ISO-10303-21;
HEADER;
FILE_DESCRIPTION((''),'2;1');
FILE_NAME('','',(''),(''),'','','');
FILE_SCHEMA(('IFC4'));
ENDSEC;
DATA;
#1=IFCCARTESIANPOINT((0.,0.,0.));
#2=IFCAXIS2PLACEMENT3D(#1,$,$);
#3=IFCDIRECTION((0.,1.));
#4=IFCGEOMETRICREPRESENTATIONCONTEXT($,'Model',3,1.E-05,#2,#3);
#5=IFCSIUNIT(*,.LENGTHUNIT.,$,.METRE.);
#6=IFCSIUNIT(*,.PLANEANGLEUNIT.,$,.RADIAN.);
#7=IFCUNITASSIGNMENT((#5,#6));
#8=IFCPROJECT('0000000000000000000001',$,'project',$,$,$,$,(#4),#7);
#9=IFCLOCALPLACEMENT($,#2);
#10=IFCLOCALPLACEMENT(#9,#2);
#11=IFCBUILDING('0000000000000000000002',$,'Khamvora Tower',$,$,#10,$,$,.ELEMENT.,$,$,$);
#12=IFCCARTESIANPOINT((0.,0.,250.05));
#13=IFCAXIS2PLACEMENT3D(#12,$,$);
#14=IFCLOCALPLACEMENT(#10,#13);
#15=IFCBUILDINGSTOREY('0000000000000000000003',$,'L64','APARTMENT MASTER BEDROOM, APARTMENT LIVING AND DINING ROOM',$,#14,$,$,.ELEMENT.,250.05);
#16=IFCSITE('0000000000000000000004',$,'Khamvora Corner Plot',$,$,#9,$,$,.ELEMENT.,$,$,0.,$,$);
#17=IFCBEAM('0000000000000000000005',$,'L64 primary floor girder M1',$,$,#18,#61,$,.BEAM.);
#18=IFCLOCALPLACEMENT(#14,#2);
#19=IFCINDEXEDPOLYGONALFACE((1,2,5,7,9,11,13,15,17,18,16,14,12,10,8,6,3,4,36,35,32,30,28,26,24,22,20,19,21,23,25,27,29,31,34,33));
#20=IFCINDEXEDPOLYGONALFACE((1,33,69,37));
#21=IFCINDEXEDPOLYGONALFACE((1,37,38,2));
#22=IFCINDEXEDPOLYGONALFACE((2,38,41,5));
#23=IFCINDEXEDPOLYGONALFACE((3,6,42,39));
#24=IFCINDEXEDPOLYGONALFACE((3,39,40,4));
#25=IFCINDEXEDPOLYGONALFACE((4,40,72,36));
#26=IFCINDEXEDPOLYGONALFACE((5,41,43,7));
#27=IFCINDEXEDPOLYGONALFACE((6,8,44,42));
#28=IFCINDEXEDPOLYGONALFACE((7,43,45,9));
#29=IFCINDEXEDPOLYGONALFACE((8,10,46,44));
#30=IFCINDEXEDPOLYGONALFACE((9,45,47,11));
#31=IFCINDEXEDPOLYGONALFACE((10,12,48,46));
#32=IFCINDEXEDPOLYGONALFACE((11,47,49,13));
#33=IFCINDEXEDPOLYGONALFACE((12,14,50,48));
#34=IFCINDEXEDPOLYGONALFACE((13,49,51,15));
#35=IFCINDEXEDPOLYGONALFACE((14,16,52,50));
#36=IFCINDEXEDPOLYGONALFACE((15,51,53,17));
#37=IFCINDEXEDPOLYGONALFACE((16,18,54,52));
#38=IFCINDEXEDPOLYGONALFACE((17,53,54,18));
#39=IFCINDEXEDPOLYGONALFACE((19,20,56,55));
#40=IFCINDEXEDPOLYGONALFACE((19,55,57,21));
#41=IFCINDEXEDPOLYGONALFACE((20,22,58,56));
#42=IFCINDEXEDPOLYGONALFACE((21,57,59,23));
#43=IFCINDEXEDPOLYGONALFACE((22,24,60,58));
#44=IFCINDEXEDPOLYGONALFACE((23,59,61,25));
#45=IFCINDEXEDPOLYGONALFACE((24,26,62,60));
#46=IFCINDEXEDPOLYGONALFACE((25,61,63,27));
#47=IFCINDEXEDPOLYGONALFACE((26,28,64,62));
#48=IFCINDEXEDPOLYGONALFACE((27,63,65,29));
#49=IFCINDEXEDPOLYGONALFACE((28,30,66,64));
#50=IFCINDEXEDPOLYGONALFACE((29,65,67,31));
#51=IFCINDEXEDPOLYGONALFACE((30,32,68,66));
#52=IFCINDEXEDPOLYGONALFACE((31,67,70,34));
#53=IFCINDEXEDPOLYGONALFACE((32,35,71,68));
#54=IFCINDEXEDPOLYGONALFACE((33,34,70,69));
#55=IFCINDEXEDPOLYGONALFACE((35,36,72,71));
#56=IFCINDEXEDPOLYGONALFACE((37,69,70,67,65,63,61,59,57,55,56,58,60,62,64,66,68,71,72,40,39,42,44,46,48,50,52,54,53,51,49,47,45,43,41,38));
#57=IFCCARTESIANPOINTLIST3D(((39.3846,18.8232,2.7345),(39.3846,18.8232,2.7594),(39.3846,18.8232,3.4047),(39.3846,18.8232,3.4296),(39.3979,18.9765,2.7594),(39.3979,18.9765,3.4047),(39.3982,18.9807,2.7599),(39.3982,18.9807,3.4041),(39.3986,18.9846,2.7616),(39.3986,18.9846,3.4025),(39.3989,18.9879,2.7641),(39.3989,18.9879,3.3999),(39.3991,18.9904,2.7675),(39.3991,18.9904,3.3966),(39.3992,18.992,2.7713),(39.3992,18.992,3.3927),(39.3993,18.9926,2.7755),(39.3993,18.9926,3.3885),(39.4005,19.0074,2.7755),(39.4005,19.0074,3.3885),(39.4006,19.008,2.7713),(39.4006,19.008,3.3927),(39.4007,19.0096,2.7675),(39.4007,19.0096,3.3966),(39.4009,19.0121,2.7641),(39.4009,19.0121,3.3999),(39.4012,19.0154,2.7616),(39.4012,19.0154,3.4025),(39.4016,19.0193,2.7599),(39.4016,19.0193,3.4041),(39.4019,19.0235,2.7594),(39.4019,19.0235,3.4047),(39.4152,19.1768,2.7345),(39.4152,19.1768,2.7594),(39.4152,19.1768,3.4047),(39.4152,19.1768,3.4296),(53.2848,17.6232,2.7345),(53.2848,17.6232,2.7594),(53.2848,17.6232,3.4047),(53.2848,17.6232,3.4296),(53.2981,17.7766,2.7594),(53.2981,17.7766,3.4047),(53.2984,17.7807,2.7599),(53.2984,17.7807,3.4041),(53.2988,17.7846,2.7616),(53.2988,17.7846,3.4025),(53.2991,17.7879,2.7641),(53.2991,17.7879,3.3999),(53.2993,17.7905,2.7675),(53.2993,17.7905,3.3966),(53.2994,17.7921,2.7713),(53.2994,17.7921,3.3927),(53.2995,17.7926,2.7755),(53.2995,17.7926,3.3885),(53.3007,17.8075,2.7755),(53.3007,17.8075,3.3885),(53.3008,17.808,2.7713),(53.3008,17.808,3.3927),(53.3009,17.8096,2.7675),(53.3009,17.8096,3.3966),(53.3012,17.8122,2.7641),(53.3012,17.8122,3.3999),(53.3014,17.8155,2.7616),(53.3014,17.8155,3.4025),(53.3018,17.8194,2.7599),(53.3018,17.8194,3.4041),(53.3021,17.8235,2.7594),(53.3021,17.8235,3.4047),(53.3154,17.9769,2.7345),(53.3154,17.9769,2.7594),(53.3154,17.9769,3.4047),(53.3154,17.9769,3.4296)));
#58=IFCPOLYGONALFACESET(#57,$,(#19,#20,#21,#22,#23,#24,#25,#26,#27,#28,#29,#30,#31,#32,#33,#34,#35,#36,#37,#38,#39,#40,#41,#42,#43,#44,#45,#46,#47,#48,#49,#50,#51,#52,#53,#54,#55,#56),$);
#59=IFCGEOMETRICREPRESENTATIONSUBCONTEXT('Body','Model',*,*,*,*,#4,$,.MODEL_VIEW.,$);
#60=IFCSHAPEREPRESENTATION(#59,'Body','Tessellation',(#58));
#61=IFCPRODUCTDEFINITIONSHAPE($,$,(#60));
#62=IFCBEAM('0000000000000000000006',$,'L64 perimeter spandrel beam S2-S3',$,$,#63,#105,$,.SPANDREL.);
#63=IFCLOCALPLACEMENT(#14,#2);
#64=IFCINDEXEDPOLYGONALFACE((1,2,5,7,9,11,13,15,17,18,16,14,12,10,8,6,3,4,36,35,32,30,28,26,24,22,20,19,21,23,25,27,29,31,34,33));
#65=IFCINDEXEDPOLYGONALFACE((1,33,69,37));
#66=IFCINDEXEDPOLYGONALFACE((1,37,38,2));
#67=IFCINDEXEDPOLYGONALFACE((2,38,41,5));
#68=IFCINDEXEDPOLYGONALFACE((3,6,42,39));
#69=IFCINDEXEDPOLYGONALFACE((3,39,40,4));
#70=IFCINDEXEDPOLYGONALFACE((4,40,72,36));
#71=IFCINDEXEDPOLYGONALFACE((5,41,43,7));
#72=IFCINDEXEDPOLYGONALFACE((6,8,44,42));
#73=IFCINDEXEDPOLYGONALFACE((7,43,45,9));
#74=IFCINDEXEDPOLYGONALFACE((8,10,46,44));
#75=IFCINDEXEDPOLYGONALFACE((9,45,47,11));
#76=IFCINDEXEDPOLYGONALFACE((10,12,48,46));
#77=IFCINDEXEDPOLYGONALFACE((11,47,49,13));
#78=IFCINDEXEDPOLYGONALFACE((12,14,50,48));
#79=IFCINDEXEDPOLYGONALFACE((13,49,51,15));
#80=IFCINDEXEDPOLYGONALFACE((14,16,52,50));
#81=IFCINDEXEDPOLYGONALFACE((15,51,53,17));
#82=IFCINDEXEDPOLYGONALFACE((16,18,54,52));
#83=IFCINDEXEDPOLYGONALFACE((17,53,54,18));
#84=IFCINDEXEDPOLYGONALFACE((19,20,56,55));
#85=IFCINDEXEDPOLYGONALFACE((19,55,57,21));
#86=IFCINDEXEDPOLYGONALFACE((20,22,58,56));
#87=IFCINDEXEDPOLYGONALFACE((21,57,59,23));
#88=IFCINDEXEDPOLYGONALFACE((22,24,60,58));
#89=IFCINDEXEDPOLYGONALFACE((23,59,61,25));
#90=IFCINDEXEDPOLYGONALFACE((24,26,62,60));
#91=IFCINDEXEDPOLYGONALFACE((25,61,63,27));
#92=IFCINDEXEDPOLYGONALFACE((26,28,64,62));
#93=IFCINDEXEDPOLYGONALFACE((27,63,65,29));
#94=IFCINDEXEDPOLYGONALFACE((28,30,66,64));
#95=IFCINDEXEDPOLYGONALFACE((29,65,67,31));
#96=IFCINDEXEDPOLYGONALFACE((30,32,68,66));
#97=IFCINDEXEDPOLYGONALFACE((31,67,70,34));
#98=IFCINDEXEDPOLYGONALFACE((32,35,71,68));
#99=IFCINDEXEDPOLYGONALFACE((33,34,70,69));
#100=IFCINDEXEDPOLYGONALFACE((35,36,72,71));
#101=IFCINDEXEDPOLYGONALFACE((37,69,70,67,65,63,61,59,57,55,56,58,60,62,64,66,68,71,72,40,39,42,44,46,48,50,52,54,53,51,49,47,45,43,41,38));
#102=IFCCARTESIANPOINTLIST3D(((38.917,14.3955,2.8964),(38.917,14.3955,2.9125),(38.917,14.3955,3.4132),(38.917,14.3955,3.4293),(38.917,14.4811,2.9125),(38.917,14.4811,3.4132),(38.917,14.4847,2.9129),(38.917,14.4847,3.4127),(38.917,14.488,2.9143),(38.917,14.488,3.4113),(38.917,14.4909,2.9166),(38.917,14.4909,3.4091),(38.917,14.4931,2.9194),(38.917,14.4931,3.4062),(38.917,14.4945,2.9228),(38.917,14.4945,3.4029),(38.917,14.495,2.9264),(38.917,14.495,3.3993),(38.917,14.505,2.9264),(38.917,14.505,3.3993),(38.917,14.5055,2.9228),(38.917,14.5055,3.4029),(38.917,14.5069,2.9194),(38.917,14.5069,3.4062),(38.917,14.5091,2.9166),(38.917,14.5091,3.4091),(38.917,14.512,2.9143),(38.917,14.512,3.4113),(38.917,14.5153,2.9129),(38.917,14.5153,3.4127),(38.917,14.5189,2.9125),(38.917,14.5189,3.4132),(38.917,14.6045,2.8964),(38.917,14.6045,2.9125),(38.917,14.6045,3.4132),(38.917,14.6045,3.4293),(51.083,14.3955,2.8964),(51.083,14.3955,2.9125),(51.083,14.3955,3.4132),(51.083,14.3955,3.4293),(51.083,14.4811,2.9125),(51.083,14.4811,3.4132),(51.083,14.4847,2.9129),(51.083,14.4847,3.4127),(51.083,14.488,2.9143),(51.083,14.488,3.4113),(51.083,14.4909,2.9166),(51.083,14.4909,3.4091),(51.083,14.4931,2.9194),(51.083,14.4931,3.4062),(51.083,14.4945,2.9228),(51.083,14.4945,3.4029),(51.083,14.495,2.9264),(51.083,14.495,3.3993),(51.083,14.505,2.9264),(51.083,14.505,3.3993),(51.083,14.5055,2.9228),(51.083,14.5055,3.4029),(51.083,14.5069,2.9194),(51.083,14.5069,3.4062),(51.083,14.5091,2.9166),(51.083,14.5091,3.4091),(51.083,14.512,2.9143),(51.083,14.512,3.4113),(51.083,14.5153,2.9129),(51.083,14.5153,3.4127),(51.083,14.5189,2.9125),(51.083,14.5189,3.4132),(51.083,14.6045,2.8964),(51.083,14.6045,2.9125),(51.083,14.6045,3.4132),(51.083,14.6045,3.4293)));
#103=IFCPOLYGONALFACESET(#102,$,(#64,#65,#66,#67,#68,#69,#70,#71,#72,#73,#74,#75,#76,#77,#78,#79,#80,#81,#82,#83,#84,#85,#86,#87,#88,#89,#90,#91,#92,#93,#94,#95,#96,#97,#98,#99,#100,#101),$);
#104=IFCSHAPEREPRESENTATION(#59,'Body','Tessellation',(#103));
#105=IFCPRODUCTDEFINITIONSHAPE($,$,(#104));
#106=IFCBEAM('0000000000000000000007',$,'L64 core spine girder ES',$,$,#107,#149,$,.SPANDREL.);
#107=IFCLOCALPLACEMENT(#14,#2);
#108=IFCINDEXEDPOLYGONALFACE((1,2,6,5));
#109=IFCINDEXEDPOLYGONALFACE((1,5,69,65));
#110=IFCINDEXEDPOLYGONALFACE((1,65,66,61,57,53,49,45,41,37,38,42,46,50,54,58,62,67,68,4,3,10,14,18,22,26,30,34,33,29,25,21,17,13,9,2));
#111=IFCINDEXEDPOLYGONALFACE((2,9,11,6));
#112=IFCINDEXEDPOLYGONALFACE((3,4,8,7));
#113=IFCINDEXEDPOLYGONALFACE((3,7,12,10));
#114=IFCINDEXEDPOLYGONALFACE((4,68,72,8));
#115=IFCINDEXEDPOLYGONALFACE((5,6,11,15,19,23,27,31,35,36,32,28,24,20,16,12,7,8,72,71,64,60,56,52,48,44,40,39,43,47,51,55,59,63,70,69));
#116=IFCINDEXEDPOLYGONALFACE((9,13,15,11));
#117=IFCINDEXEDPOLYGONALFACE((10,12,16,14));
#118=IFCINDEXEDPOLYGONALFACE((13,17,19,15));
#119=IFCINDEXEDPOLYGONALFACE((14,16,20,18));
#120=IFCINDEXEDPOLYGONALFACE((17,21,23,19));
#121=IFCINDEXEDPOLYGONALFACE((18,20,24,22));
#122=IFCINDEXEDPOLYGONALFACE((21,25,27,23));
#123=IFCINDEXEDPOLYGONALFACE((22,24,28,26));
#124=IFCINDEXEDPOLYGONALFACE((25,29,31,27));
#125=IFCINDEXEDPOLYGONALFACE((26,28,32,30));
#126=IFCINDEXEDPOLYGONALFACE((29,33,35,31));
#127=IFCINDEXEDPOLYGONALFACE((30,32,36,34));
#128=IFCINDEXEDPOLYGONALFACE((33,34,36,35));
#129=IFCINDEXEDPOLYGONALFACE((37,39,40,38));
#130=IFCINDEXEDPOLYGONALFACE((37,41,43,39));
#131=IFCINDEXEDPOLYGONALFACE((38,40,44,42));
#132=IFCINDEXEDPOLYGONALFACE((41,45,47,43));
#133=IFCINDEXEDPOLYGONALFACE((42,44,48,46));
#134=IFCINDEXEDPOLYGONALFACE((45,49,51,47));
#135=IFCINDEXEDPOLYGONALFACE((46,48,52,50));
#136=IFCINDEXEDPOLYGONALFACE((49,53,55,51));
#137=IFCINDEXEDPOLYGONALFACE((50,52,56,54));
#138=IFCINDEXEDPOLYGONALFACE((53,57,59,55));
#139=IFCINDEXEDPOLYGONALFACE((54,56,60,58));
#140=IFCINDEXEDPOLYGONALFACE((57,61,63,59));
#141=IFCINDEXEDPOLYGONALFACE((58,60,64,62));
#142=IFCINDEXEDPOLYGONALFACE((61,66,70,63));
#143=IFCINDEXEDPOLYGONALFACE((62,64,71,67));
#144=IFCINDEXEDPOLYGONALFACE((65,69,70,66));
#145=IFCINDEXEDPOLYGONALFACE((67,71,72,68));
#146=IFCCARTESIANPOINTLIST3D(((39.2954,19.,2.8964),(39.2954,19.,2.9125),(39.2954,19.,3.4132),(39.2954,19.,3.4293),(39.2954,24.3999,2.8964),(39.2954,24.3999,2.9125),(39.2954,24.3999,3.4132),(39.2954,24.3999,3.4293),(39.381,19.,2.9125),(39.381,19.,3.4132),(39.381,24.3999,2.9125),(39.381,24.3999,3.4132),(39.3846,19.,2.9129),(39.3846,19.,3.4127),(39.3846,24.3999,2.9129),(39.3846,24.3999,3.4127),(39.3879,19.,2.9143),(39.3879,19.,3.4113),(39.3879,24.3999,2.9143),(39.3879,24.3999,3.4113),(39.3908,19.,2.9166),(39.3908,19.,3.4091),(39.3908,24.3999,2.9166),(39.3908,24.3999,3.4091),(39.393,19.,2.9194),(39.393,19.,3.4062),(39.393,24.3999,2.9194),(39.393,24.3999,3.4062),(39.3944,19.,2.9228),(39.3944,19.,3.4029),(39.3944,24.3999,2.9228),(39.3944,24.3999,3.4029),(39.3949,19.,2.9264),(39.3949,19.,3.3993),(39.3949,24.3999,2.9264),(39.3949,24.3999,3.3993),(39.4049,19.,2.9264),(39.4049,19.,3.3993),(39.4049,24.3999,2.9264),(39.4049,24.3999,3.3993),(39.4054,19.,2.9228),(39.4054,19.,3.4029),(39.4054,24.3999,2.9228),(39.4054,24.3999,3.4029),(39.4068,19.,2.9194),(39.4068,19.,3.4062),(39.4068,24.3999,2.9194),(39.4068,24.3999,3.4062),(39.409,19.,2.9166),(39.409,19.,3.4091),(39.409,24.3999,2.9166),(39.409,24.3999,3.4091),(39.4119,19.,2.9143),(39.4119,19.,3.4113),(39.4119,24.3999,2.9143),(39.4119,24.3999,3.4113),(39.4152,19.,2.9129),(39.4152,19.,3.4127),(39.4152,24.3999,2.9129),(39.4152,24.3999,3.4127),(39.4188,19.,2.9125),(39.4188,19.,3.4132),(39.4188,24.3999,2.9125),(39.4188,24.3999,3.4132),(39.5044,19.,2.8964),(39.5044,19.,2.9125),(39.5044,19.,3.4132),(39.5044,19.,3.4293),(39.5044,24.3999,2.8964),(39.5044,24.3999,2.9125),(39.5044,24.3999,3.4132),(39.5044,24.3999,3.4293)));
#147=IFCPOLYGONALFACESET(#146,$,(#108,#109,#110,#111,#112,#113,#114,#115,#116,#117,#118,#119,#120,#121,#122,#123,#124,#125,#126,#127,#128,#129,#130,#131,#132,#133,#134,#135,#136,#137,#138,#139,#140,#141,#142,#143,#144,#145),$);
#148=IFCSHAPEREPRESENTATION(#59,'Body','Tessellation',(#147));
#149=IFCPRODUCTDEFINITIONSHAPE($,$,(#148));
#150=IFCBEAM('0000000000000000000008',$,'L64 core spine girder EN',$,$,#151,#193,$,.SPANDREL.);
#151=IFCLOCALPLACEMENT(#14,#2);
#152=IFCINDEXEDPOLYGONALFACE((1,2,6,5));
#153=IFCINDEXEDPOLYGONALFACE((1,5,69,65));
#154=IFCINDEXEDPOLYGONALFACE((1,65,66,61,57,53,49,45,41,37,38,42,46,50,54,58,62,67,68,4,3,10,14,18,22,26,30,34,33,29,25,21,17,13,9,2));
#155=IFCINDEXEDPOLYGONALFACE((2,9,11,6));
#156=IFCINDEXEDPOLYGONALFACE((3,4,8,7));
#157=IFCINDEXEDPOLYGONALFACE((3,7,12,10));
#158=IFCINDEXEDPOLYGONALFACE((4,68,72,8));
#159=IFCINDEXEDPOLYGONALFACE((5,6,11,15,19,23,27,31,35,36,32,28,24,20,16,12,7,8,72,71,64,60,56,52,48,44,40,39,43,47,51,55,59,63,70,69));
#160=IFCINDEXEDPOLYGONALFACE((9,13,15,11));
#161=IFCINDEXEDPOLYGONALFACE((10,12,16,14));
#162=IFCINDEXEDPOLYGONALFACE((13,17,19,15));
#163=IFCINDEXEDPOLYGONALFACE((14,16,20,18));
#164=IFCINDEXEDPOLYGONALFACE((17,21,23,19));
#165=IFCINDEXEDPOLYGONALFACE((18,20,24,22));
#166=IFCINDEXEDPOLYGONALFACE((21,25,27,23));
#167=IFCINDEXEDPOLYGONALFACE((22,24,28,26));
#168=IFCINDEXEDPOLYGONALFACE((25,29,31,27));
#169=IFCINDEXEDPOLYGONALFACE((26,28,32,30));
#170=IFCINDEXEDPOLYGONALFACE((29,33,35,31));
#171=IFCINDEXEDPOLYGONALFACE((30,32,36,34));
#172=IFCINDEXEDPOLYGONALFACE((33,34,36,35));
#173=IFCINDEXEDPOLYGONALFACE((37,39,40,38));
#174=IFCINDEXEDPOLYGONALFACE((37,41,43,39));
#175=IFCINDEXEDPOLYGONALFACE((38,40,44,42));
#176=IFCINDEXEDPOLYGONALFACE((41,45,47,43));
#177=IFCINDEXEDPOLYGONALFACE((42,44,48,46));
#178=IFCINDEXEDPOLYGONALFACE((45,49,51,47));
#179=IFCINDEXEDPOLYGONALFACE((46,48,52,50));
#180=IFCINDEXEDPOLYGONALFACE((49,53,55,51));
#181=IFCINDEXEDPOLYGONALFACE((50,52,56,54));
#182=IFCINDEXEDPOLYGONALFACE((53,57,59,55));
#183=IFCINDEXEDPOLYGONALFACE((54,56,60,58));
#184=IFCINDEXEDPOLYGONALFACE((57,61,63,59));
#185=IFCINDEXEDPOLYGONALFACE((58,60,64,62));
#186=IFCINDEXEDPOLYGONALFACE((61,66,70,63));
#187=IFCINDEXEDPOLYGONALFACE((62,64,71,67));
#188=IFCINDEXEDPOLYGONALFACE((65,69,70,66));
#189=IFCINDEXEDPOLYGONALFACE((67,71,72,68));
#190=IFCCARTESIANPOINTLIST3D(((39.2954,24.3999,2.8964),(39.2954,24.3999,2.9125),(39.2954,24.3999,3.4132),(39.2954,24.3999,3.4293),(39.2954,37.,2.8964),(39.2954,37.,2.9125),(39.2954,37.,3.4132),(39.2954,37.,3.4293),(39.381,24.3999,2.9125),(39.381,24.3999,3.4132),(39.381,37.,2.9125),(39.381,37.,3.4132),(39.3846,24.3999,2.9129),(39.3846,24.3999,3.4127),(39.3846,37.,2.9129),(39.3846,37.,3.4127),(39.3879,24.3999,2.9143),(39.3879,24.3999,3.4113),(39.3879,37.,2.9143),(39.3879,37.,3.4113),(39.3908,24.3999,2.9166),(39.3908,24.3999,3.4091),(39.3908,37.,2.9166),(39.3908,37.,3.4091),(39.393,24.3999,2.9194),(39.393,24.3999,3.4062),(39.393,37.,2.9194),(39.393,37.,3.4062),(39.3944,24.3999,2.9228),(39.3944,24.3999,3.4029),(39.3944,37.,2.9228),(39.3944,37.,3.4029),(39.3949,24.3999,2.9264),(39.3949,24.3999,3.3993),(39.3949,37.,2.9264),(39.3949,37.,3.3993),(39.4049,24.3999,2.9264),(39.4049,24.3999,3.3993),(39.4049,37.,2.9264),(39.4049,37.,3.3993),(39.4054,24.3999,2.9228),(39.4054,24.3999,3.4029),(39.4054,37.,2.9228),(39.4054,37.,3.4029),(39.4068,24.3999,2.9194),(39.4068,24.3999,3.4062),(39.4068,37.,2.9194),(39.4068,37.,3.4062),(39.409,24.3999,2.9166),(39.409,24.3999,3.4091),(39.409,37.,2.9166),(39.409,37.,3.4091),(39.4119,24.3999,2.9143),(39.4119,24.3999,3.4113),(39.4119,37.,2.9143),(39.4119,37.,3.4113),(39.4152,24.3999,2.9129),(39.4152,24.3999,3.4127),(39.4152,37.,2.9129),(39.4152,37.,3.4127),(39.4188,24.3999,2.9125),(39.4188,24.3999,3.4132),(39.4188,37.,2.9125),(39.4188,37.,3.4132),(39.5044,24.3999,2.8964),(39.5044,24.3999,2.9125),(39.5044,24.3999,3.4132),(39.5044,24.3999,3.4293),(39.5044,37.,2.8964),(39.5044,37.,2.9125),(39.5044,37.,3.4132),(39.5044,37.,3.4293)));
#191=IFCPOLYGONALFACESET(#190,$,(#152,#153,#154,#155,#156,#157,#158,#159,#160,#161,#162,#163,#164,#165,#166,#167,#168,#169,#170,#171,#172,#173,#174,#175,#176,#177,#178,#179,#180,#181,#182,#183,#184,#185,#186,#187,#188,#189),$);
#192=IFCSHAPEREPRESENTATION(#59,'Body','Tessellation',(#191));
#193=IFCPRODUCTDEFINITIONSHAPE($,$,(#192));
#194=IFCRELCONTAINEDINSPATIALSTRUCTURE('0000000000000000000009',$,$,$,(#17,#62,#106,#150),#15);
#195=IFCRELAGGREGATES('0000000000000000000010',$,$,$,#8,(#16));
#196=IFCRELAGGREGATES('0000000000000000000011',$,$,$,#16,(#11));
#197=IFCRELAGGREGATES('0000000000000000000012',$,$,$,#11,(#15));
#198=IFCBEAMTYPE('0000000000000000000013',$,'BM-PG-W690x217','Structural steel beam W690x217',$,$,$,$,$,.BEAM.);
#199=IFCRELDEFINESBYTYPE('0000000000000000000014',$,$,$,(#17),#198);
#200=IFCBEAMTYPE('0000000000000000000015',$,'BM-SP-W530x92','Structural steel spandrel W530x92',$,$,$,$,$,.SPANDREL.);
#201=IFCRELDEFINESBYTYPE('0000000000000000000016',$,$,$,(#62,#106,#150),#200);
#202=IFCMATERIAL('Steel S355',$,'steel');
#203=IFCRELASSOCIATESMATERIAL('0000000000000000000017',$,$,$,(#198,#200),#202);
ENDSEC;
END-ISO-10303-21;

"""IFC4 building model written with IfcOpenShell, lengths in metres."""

from ifc_helpers import new_model, si_unit, direction, frame, origin, origin_2d, place, context, subcontext, project, spatial, i_section, extrude, material, material_profile, profile_set, type_object, element, save


model = new_model("IFC4")

# Units and contexts
model_context = context("Model", 3, precision=1e-05, world=origin(), true_north=direction((0.0, 1.0)))
body_context = subcontext(model_context, "Body", "Model", "MODEL_VIEW")
ifc_project = project(units=[si_unit("LENGTHUNIT", "METRE"), si_unit("PLANEANGLEUNIT", "RADIAN")], contexts=[model_context])

# Site, building, storey
site_placement = place(None, origin())
site = spatial("IfcSite", under=ifc_project, at=site_placement, Name="Khamvora Corner Plot", CompositionType="ELEMENT", RefElevation=0.0)
building_placement = place(site_placement, origin())
building = spatial("IfcBuilding", under=site, at=building_placement, Name="Khamvora Tower", CompositionType="ELEMENT")
storey_placement = place(building_placement, frame((0.0, 0.0, 250.05)))
storey = spatial("IfcBuildingStorey", under=building, at=storey_placement, Name="L64", Description="APARTMENT MASTER BEDROOM, APARTMENT LIVING AND DINING ROOM", CompositionType="ELEMENT", Elevation=250.05)

# Beams
ifc_material_1 = material(Name="Steel S355", Category="steel")
ifc_material_profile_1 = material_profile(ifc_material_1, i_section(OverallWidth=0.355, OverallDepth=0.6951, WebThickness=0.0149, FlangeThickness=0.0249, FilletRadius=0.0161, at=origin_2d()), Name="W690x217")
ifc_profile_set_1 = profile_set([ifc_material_profile_1], Name="Steel S355")
beam_type_1 = type_object("IfcBeamType", Name="BM-PG-W690x217", Description="Structural steel beam W690x217", PredefinedType="BEAM", material=ifc_profile_set_1)
beam_1_placement = place(storey_placement, frame((39.3999, 19.0, 3.082), z_axis=(0.996295, -0.086007, 0.0), x_axis=(0.086007, 0.996295, 0.0)))
element("IfcBeam", 1, at=beam_1_placement, inside=storey, type_object=beam_type_1, Name="L64 primary floor girder M1", PredefinedType="BEAM", context=body_context, shape_type="SweptSolid", body=[
    extrude(i_section(OverallWidth=0.355, OverallDepth=0.6951, WebThickness=0.0149, FlangeThickness=0.0249, FilletRadius=0.0161, at=origin_2d()), origin(), (0.0, 0.0, 1.0), 13.9519),
])
ifc_material_profile_2 = material_profile(ifc_material_1, i_section(OverallWidth=0.209, OverallDepth=0.533, WebThickness=0.01, FlangeThickness=0.0161, FilletRadius=0.0139, at=origin_2d()), Name="W530x92")
ifc_profile_set_2 = profile_set([ifc_material_profile_2], Name="Steel S355")
beam_type_2 = type_object("IfcBeamType", Name="BM-SP-W530x92", Description="Structural steel spandrel W530x92", PredefinedType="SPANDREL", material=ifc_profile_set_2)
beam_2_placement = place(storey_placement, frame((38.917, 14.5, 3.1628), z_axis=(1.0, 0.0, 0.0), x_axis=(0.0, 1.0, 0.0)))
element("IfcBeam", 2, at=beam_2_placement, inside=storey, type_object=beam_type_2, Name="L64 perimeter spandrel beam S2-S3", PredefinedType="SPANDREL", context=body_context, shape_type="SweptSolid", body=[
    extrude(i_section(OverallWidth=0.209, OverallDepth=0.533, WebThickness=0.01, FlangeThickness=0.0161, FilletRadius=0.0139, at=origin_2d()), origin(), (0.0, 0.0, 1.0), 12.166),
])
beam_3_placement = place(storey_placement, frame((39.3999, 19.0, 3.1628), z_axis=(0.0, 1.0, 0.0), x_axis=(-1.0, 0.0, 0.0)))
element("IfcBeam", 3, at=beam_3_placement, inside=storey, type_object=beam_type_2, Name="L64 core spine girder ES", PredefinedType="SPANDREL", context=body_context, shape_type="SweptSolid", body=[
    extrude(i_section(OverallWidth=0.209, OverallDepth=0.533, WebThickness=0.01, FlangeThickness=0.0161, FilletRadius=0.0139, at=origin_2d()), origin(), (0.0, 0.0, 1.0), 5.3999),
])
beam_4_placement = place(storey_placement, frame((39.3999, 24.3999, 3.1628), z_axis=(0.0, 1.0, 0.0), x_axis=(-1.0, 0.0, 0.0)))
element("IfcBeam", 4, at=beam_4_placement, inside=storey, type_object=beam_type_2, Name="L64 core spine girder EN", PredefinedType="SPANDREL", context=body_context, shape_type="SweptSolid", body=[
    extrude(i_section(OverallWidth=0.209, OverallDepth=0.533, WebThickness=0.01, FlangeThickness=0.0161, FilletRadius=0.0139, at=origin_2d()), origin(), (0.0, 0.0, 1.0), 12.6001),
])

save(model, "model.ifc")
